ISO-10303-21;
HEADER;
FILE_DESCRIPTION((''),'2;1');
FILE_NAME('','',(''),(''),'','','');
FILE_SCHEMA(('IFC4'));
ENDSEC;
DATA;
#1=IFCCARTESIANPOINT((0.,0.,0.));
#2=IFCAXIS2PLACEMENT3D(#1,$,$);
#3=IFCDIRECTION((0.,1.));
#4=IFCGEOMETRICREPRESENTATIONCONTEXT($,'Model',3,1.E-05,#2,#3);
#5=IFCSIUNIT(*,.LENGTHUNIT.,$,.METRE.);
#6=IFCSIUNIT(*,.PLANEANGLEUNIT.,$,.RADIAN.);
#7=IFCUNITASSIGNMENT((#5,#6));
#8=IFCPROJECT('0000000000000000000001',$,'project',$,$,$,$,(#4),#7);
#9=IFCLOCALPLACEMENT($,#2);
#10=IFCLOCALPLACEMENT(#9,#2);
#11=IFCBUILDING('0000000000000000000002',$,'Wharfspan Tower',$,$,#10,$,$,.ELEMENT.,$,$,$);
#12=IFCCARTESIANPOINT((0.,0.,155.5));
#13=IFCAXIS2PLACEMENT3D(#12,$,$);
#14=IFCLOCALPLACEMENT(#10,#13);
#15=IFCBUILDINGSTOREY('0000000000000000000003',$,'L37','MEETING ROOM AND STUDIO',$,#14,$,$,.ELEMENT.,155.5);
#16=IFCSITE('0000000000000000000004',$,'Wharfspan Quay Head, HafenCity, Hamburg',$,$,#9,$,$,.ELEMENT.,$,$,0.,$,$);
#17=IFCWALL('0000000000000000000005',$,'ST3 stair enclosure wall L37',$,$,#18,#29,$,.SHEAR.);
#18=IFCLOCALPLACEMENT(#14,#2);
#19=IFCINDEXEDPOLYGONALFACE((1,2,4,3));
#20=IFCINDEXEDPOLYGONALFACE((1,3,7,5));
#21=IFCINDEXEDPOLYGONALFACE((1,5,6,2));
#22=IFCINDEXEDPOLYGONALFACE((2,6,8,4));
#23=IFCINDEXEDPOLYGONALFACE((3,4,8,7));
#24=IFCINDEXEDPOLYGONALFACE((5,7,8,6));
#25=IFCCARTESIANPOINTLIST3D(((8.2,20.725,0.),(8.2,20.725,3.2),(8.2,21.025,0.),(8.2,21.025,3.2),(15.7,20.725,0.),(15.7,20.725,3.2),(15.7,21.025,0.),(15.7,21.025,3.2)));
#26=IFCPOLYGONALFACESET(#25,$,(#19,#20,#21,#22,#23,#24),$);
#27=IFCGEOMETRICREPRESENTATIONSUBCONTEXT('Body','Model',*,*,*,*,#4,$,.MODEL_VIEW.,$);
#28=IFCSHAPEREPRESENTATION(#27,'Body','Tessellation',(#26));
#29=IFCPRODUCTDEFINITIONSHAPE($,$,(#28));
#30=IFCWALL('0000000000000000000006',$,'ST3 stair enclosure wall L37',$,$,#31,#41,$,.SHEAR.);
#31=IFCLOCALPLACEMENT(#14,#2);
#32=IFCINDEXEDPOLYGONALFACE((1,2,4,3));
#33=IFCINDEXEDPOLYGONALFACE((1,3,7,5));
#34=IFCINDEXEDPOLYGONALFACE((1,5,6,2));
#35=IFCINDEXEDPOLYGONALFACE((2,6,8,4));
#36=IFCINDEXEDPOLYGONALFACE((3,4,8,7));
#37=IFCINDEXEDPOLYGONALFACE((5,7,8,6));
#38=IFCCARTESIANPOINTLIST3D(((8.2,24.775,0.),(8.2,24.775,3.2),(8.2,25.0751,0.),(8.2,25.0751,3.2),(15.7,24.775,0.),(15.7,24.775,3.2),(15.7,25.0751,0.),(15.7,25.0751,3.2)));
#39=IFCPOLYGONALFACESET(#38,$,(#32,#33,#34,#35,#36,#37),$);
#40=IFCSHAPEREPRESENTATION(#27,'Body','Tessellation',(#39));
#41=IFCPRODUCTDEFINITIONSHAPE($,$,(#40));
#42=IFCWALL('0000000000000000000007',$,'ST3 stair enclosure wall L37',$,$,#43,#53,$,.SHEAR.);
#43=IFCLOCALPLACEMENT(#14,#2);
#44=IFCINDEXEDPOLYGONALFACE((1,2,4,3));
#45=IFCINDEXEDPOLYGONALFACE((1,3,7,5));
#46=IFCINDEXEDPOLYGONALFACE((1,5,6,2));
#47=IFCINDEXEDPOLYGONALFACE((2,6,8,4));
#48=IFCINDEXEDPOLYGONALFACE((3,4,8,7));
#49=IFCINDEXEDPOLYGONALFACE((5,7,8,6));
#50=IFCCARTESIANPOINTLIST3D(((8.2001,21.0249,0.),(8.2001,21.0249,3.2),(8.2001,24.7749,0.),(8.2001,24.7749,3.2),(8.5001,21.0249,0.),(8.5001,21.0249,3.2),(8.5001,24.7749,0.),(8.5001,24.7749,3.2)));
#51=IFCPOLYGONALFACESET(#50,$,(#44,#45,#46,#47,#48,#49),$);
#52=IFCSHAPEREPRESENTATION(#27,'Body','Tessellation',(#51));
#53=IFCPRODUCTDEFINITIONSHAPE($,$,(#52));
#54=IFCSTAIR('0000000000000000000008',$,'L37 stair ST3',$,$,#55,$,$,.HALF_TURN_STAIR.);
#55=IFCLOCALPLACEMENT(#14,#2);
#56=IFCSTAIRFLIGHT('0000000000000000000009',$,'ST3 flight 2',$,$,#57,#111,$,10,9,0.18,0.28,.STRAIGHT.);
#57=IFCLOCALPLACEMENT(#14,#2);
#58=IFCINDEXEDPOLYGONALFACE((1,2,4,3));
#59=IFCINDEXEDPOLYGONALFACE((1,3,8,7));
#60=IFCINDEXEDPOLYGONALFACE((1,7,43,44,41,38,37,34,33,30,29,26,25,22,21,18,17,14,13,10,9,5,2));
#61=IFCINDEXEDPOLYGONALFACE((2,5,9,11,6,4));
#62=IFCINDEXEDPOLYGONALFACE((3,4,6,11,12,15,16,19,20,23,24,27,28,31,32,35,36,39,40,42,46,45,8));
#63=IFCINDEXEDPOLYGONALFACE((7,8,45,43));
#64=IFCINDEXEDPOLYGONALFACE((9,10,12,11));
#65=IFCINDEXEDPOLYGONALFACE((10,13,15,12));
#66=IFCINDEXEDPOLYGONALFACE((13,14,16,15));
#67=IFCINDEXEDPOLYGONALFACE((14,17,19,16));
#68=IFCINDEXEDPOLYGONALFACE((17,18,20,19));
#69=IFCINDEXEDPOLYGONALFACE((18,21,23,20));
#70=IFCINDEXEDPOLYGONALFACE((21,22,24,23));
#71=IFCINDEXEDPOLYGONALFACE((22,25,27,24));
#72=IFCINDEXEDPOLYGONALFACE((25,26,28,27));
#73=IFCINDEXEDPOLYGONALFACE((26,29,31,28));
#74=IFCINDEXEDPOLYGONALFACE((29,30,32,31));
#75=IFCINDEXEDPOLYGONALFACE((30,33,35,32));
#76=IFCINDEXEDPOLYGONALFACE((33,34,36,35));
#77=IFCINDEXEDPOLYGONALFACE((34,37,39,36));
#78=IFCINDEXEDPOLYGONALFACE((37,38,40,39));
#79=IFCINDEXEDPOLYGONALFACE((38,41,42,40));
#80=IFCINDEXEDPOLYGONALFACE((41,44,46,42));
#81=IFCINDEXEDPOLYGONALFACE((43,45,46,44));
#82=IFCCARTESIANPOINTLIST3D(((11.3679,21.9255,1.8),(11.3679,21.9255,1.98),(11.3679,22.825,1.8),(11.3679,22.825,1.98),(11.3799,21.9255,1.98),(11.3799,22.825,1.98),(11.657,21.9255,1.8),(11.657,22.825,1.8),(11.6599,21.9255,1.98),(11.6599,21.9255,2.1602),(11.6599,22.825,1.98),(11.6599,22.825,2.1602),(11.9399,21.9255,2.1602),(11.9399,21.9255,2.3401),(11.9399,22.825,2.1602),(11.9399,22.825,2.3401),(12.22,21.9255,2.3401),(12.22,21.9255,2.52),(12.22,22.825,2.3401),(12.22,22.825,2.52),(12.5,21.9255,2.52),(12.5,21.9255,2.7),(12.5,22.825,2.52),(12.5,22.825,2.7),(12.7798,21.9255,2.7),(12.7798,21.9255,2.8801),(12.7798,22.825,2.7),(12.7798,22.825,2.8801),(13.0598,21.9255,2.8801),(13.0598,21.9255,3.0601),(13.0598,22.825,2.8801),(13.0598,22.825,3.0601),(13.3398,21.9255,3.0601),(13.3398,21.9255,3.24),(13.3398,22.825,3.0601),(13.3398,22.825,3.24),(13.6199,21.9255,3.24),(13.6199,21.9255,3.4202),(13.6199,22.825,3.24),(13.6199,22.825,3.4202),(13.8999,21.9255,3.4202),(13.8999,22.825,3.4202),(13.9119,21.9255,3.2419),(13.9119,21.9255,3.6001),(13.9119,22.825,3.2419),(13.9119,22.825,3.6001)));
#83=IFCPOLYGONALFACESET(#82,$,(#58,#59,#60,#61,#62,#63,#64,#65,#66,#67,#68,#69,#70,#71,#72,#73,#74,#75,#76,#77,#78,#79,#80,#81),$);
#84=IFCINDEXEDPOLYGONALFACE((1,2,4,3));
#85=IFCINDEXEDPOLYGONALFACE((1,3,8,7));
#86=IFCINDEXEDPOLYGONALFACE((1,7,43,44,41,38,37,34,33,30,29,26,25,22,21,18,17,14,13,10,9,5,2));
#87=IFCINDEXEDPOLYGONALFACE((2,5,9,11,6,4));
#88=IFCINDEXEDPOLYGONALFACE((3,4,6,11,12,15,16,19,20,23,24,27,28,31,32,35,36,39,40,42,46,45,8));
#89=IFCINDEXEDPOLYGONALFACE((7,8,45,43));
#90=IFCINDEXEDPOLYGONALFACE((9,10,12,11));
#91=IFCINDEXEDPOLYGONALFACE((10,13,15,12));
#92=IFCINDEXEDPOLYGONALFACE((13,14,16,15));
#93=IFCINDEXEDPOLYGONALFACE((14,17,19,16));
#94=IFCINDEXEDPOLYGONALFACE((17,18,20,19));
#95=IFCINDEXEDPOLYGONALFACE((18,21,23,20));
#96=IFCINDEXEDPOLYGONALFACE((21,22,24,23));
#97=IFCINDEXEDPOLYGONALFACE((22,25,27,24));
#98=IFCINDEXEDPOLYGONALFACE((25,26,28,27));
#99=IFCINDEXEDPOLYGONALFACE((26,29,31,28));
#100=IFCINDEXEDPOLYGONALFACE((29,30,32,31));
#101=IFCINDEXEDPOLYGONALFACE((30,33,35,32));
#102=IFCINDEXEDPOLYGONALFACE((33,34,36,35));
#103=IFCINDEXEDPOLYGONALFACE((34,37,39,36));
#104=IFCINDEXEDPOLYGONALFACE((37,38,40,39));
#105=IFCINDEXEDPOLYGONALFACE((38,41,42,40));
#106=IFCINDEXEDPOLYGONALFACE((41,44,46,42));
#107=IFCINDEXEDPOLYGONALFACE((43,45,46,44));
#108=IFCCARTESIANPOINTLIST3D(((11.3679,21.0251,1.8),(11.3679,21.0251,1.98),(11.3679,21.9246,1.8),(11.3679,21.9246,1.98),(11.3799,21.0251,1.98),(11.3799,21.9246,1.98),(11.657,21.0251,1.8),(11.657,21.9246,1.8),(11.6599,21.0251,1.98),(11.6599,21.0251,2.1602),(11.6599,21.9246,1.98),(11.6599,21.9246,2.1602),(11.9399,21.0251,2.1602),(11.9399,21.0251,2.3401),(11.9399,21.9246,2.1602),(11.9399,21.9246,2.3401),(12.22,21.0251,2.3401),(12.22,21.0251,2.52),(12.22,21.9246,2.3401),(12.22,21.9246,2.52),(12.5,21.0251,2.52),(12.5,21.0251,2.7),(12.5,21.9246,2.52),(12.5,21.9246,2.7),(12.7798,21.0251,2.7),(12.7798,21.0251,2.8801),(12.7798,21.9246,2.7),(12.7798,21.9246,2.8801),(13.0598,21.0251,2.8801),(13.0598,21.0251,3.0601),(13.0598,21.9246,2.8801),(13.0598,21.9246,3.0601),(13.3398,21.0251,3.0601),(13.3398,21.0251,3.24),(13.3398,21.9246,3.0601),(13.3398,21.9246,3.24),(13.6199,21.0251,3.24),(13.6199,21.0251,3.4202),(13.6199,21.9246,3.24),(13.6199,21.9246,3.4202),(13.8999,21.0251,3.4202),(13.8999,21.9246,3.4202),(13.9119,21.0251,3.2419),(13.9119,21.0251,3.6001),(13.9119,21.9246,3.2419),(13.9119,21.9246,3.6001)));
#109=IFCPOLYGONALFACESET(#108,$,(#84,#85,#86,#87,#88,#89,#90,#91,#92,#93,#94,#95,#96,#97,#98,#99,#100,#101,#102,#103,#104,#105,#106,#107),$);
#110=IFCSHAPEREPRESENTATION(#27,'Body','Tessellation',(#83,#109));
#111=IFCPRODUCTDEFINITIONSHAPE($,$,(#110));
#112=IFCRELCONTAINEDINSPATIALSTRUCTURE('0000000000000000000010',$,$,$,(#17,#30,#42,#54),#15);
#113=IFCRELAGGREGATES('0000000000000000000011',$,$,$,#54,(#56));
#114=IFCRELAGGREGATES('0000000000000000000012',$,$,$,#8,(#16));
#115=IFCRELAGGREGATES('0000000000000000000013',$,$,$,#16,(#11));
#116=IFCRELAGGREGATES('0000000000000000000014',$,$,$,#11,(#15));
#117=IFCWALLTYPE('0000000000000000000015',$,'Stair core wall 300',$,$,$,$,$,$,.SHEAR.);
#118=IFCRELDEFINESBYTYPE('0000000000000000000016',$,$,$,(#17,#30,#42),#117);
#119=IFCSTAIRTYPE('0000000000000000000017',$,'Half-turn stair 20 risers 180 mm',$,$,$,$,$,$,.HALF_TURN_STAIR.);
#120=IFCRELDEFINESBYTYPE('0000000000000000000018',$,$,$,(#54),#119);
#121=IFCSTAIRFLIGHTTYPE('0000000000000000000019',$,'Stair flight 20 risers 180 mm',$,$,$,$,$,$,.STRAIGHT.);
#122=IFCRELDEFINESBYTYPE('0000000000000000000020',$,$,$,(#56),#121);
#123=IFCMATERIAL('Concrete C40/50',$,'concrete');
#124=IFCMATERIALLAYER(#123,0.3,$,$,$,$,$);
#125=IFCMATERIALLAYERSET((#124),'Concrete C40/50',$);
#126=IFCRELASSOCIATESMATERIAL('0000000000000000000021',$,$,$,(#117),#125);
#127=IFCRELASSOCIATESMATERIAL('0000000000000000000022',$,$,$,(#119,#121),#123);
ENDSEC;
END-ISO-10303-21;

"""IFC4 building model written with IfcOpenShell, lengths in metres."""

from ifc_helpers import new_model, si_unit, direction, frame, frame_2d, origin, place, context, subcontext, project, spatial, polyline, rectangle, outline, extrude, material, layer, layer_set, type_object, element, aggregate, save


model = new_model("IFC4")

# Units and contexts
model_context = context("Model", 3, precision=1e-05, world=origin(), true_north=direction((0.0, 1.0)))
body_context = subcontext(model_context, "Body", "Model", "MODEL_VIEW")
ifc_project = project(units=[si_unit("LENGTHUNIT", "METRE"), si_unit("PLANEANGLEUNIT", "RADIAN")], contexts=[model_context])

# Site, building, storey
site_placement = place(None, origin())
site = spatial("IfcSite", under=ifc_project, at=site_placement, Name="Wharfspan Quay Head, HafenCity, Hamburg", CompositionType="ELEMENT", RefElevation=0.0)
building_placement = place(site_placement, origin())
building = spatial("IfcBuilding", under=site, at=building_placement, Name="Wharfspan Tower", CompositionType="ELEMENT")
storey_placement = place(building_placement, frame((0.0, 0.0, 155.5)))
storey = spatial("IfcBuildingStorey", under=building, at=storey_placement, Name="L37", Description="MEETING ROOM AND STUDIO", CompositionType="ELEMENT", Elevation=155.5)

# Walls
ifc_material_1 = material(Name="Concrete C40/50", Category="concrete")
ifc_layer_1 = layer(ifc_material_1, 0.3)
ifc_layer_set_1 = layer_set([ifc_layer_1], Name="Concrete C40/50")
wall_type_1 = type_object("IfcWallType", Name="Stair core wall 300", PredefinedType="SHEAR", material=ifc_layer_set_1)
for number, where, z_axis, x_axis, name in (
    (1, (8.2, 20.875, 0.0), (0.0, 0.0, 1.0), (1.0, 0.0, 0.0), "ST3 stair enclosure wall L37"),
    (2, (8.2, 24.925, 0.0), (0.0, 0.0, 1.0), (1.0, 0.0, 0.0), "ST3 stair enclosure wall L37"),
):
    element("IfcWall", number, at=place(storey_placement, frame(where, z_axis=z_axis, x_axis=x_axis)), inside=storey, type_object=wall_type_1, Name=name, PredefinedType="SHEAR", context=body_context, shape_type="SweptSolid", body=[
        extrude(rectangle(XDim=7.5, YDim=0.3, at=frame_2d((3.75, 0.0))), origin(), (0.0, 0.0, 1.0), 3.2),
    ])
wall_1_placement = place(storey_placement, frame((8.3501, 21.0249, 0.0), z_axis=(0.0, 0.0, 1.0), x_axis=(0.0, 1.0, 0.0)))
element("IfcWall", 3, at=wall_1_placement, inside=storey, type_object=wall_type_1, Name="ST3 stair enclosure wall L37", PredefinedType="SHEAR", context=body_context, shape_type="SweptSolid", body=[
    extrude(rectangle(XDim=3.75, YDim=0.3, at=frame_2d((1.875, 0.0))), origin(), (0.0, 0.0, 1.0), 3.2),
])

# Stair, stair flight
stair_type = type_object("IfcStairType", Name="Half-turn stair 20 risers 180 mm", PredefinedType="HALF_TURN_STAIR", material=ifc_material_1)
stair_placement = place(storey_placement, origin())
stair = element("IfcStair", 4, at=stair_placement, inside=storey, type_object=stair_type, Name="L37 stair ST3", PredefinedType="HALF_TURN_STAIR")
stair_flight_type = type_object("IfcStairFlightType", Name="Stair flight 20 risers 180 mm", PredefinedType="STRAIGHT", material=ifc_material_1)
stair_flight_placement = place(storey_placement, frame((11.3799, 21.925, 1.8), z_axis=(0.0, 0.0, 1.0), x_axis=(1.0, 0.0, 0.0)))
stair_flight = element("IfcStairFlight", 5, at=stair_flight_placement, type_object=stair_flight_type, Name="ST3 flight 2", NumberOfRisers=10, NumberOfTreads=9, PredefinedType="STRAIGHT", RiserHeight=0.18, TreadLength=0.28, context=body_context, shape_type="SweptSolid", body=[
    extrude(outline(polyline([(-0.012, 0.0), (-0.012, 0.1799), (0.0, 0.1799), (0.28, 0.1799), (0.28, 0.3601), (0.5601, 0.3601), (0.5601, 0.54), (0.8401, 0.54), (0.8401, 0.72), (1.1201, 0.72), (1.1201, 0.8999), (1.3999, 0.8999), (1.3999, 1.0801), (1.6799, 1.0801), (1.6799, 1.26), (1.96, 1.26), (1.96, 1.4399), (2.24, 1.4399), (2.24, 1.6201), (2.52, 1.6201), (2.532, 1.8), (2.532, 1.4419), (0.2771, 0.0), (-0.012, 0.0)])), frame((0.0, 0.8999, 0.0), z_axis=(0.0, -1.0, 0.0), x_axis=(1.0, 0.0, 0.0)), (0.0, 0.0, 1.0), 0.8994),
    extrude(outline(polyline([(-0.012, 0.0), (-0.012, 0.1799), (0.0, 0.1799), (0.28, 0.1799), (0.28, 0.3601), (0.5601, 0.3601), (0.5601, 0.54), (0.8401, 0.54), (0.8401, 0.72), (1.1201, 0.72), (1.1201, 0.8999), (1.3999, 0.8999), (1.3999, 1.0801), (1.6799, 1.0801), (1.6799, 1.26), (1.96, 1.26), (1.96, 1.4399), (2.24, 1.4399), (2.24, 1.6201), (2.52, 1.6201), (2.532, 1.8), (2.532, 1.4419), (0.2771, 0.0), (-0.012, 0.0)])), frame((0.0, -0.0005, 0.0), z_axis=(0.0, -1.0, 0.0), x_axis=(1.0, 0.0, 0.0)), (0.0, 0.0, 1.0), 0.8994),
])
aggregate(stair, [stair_flight])

save(model, "model.ifc")
